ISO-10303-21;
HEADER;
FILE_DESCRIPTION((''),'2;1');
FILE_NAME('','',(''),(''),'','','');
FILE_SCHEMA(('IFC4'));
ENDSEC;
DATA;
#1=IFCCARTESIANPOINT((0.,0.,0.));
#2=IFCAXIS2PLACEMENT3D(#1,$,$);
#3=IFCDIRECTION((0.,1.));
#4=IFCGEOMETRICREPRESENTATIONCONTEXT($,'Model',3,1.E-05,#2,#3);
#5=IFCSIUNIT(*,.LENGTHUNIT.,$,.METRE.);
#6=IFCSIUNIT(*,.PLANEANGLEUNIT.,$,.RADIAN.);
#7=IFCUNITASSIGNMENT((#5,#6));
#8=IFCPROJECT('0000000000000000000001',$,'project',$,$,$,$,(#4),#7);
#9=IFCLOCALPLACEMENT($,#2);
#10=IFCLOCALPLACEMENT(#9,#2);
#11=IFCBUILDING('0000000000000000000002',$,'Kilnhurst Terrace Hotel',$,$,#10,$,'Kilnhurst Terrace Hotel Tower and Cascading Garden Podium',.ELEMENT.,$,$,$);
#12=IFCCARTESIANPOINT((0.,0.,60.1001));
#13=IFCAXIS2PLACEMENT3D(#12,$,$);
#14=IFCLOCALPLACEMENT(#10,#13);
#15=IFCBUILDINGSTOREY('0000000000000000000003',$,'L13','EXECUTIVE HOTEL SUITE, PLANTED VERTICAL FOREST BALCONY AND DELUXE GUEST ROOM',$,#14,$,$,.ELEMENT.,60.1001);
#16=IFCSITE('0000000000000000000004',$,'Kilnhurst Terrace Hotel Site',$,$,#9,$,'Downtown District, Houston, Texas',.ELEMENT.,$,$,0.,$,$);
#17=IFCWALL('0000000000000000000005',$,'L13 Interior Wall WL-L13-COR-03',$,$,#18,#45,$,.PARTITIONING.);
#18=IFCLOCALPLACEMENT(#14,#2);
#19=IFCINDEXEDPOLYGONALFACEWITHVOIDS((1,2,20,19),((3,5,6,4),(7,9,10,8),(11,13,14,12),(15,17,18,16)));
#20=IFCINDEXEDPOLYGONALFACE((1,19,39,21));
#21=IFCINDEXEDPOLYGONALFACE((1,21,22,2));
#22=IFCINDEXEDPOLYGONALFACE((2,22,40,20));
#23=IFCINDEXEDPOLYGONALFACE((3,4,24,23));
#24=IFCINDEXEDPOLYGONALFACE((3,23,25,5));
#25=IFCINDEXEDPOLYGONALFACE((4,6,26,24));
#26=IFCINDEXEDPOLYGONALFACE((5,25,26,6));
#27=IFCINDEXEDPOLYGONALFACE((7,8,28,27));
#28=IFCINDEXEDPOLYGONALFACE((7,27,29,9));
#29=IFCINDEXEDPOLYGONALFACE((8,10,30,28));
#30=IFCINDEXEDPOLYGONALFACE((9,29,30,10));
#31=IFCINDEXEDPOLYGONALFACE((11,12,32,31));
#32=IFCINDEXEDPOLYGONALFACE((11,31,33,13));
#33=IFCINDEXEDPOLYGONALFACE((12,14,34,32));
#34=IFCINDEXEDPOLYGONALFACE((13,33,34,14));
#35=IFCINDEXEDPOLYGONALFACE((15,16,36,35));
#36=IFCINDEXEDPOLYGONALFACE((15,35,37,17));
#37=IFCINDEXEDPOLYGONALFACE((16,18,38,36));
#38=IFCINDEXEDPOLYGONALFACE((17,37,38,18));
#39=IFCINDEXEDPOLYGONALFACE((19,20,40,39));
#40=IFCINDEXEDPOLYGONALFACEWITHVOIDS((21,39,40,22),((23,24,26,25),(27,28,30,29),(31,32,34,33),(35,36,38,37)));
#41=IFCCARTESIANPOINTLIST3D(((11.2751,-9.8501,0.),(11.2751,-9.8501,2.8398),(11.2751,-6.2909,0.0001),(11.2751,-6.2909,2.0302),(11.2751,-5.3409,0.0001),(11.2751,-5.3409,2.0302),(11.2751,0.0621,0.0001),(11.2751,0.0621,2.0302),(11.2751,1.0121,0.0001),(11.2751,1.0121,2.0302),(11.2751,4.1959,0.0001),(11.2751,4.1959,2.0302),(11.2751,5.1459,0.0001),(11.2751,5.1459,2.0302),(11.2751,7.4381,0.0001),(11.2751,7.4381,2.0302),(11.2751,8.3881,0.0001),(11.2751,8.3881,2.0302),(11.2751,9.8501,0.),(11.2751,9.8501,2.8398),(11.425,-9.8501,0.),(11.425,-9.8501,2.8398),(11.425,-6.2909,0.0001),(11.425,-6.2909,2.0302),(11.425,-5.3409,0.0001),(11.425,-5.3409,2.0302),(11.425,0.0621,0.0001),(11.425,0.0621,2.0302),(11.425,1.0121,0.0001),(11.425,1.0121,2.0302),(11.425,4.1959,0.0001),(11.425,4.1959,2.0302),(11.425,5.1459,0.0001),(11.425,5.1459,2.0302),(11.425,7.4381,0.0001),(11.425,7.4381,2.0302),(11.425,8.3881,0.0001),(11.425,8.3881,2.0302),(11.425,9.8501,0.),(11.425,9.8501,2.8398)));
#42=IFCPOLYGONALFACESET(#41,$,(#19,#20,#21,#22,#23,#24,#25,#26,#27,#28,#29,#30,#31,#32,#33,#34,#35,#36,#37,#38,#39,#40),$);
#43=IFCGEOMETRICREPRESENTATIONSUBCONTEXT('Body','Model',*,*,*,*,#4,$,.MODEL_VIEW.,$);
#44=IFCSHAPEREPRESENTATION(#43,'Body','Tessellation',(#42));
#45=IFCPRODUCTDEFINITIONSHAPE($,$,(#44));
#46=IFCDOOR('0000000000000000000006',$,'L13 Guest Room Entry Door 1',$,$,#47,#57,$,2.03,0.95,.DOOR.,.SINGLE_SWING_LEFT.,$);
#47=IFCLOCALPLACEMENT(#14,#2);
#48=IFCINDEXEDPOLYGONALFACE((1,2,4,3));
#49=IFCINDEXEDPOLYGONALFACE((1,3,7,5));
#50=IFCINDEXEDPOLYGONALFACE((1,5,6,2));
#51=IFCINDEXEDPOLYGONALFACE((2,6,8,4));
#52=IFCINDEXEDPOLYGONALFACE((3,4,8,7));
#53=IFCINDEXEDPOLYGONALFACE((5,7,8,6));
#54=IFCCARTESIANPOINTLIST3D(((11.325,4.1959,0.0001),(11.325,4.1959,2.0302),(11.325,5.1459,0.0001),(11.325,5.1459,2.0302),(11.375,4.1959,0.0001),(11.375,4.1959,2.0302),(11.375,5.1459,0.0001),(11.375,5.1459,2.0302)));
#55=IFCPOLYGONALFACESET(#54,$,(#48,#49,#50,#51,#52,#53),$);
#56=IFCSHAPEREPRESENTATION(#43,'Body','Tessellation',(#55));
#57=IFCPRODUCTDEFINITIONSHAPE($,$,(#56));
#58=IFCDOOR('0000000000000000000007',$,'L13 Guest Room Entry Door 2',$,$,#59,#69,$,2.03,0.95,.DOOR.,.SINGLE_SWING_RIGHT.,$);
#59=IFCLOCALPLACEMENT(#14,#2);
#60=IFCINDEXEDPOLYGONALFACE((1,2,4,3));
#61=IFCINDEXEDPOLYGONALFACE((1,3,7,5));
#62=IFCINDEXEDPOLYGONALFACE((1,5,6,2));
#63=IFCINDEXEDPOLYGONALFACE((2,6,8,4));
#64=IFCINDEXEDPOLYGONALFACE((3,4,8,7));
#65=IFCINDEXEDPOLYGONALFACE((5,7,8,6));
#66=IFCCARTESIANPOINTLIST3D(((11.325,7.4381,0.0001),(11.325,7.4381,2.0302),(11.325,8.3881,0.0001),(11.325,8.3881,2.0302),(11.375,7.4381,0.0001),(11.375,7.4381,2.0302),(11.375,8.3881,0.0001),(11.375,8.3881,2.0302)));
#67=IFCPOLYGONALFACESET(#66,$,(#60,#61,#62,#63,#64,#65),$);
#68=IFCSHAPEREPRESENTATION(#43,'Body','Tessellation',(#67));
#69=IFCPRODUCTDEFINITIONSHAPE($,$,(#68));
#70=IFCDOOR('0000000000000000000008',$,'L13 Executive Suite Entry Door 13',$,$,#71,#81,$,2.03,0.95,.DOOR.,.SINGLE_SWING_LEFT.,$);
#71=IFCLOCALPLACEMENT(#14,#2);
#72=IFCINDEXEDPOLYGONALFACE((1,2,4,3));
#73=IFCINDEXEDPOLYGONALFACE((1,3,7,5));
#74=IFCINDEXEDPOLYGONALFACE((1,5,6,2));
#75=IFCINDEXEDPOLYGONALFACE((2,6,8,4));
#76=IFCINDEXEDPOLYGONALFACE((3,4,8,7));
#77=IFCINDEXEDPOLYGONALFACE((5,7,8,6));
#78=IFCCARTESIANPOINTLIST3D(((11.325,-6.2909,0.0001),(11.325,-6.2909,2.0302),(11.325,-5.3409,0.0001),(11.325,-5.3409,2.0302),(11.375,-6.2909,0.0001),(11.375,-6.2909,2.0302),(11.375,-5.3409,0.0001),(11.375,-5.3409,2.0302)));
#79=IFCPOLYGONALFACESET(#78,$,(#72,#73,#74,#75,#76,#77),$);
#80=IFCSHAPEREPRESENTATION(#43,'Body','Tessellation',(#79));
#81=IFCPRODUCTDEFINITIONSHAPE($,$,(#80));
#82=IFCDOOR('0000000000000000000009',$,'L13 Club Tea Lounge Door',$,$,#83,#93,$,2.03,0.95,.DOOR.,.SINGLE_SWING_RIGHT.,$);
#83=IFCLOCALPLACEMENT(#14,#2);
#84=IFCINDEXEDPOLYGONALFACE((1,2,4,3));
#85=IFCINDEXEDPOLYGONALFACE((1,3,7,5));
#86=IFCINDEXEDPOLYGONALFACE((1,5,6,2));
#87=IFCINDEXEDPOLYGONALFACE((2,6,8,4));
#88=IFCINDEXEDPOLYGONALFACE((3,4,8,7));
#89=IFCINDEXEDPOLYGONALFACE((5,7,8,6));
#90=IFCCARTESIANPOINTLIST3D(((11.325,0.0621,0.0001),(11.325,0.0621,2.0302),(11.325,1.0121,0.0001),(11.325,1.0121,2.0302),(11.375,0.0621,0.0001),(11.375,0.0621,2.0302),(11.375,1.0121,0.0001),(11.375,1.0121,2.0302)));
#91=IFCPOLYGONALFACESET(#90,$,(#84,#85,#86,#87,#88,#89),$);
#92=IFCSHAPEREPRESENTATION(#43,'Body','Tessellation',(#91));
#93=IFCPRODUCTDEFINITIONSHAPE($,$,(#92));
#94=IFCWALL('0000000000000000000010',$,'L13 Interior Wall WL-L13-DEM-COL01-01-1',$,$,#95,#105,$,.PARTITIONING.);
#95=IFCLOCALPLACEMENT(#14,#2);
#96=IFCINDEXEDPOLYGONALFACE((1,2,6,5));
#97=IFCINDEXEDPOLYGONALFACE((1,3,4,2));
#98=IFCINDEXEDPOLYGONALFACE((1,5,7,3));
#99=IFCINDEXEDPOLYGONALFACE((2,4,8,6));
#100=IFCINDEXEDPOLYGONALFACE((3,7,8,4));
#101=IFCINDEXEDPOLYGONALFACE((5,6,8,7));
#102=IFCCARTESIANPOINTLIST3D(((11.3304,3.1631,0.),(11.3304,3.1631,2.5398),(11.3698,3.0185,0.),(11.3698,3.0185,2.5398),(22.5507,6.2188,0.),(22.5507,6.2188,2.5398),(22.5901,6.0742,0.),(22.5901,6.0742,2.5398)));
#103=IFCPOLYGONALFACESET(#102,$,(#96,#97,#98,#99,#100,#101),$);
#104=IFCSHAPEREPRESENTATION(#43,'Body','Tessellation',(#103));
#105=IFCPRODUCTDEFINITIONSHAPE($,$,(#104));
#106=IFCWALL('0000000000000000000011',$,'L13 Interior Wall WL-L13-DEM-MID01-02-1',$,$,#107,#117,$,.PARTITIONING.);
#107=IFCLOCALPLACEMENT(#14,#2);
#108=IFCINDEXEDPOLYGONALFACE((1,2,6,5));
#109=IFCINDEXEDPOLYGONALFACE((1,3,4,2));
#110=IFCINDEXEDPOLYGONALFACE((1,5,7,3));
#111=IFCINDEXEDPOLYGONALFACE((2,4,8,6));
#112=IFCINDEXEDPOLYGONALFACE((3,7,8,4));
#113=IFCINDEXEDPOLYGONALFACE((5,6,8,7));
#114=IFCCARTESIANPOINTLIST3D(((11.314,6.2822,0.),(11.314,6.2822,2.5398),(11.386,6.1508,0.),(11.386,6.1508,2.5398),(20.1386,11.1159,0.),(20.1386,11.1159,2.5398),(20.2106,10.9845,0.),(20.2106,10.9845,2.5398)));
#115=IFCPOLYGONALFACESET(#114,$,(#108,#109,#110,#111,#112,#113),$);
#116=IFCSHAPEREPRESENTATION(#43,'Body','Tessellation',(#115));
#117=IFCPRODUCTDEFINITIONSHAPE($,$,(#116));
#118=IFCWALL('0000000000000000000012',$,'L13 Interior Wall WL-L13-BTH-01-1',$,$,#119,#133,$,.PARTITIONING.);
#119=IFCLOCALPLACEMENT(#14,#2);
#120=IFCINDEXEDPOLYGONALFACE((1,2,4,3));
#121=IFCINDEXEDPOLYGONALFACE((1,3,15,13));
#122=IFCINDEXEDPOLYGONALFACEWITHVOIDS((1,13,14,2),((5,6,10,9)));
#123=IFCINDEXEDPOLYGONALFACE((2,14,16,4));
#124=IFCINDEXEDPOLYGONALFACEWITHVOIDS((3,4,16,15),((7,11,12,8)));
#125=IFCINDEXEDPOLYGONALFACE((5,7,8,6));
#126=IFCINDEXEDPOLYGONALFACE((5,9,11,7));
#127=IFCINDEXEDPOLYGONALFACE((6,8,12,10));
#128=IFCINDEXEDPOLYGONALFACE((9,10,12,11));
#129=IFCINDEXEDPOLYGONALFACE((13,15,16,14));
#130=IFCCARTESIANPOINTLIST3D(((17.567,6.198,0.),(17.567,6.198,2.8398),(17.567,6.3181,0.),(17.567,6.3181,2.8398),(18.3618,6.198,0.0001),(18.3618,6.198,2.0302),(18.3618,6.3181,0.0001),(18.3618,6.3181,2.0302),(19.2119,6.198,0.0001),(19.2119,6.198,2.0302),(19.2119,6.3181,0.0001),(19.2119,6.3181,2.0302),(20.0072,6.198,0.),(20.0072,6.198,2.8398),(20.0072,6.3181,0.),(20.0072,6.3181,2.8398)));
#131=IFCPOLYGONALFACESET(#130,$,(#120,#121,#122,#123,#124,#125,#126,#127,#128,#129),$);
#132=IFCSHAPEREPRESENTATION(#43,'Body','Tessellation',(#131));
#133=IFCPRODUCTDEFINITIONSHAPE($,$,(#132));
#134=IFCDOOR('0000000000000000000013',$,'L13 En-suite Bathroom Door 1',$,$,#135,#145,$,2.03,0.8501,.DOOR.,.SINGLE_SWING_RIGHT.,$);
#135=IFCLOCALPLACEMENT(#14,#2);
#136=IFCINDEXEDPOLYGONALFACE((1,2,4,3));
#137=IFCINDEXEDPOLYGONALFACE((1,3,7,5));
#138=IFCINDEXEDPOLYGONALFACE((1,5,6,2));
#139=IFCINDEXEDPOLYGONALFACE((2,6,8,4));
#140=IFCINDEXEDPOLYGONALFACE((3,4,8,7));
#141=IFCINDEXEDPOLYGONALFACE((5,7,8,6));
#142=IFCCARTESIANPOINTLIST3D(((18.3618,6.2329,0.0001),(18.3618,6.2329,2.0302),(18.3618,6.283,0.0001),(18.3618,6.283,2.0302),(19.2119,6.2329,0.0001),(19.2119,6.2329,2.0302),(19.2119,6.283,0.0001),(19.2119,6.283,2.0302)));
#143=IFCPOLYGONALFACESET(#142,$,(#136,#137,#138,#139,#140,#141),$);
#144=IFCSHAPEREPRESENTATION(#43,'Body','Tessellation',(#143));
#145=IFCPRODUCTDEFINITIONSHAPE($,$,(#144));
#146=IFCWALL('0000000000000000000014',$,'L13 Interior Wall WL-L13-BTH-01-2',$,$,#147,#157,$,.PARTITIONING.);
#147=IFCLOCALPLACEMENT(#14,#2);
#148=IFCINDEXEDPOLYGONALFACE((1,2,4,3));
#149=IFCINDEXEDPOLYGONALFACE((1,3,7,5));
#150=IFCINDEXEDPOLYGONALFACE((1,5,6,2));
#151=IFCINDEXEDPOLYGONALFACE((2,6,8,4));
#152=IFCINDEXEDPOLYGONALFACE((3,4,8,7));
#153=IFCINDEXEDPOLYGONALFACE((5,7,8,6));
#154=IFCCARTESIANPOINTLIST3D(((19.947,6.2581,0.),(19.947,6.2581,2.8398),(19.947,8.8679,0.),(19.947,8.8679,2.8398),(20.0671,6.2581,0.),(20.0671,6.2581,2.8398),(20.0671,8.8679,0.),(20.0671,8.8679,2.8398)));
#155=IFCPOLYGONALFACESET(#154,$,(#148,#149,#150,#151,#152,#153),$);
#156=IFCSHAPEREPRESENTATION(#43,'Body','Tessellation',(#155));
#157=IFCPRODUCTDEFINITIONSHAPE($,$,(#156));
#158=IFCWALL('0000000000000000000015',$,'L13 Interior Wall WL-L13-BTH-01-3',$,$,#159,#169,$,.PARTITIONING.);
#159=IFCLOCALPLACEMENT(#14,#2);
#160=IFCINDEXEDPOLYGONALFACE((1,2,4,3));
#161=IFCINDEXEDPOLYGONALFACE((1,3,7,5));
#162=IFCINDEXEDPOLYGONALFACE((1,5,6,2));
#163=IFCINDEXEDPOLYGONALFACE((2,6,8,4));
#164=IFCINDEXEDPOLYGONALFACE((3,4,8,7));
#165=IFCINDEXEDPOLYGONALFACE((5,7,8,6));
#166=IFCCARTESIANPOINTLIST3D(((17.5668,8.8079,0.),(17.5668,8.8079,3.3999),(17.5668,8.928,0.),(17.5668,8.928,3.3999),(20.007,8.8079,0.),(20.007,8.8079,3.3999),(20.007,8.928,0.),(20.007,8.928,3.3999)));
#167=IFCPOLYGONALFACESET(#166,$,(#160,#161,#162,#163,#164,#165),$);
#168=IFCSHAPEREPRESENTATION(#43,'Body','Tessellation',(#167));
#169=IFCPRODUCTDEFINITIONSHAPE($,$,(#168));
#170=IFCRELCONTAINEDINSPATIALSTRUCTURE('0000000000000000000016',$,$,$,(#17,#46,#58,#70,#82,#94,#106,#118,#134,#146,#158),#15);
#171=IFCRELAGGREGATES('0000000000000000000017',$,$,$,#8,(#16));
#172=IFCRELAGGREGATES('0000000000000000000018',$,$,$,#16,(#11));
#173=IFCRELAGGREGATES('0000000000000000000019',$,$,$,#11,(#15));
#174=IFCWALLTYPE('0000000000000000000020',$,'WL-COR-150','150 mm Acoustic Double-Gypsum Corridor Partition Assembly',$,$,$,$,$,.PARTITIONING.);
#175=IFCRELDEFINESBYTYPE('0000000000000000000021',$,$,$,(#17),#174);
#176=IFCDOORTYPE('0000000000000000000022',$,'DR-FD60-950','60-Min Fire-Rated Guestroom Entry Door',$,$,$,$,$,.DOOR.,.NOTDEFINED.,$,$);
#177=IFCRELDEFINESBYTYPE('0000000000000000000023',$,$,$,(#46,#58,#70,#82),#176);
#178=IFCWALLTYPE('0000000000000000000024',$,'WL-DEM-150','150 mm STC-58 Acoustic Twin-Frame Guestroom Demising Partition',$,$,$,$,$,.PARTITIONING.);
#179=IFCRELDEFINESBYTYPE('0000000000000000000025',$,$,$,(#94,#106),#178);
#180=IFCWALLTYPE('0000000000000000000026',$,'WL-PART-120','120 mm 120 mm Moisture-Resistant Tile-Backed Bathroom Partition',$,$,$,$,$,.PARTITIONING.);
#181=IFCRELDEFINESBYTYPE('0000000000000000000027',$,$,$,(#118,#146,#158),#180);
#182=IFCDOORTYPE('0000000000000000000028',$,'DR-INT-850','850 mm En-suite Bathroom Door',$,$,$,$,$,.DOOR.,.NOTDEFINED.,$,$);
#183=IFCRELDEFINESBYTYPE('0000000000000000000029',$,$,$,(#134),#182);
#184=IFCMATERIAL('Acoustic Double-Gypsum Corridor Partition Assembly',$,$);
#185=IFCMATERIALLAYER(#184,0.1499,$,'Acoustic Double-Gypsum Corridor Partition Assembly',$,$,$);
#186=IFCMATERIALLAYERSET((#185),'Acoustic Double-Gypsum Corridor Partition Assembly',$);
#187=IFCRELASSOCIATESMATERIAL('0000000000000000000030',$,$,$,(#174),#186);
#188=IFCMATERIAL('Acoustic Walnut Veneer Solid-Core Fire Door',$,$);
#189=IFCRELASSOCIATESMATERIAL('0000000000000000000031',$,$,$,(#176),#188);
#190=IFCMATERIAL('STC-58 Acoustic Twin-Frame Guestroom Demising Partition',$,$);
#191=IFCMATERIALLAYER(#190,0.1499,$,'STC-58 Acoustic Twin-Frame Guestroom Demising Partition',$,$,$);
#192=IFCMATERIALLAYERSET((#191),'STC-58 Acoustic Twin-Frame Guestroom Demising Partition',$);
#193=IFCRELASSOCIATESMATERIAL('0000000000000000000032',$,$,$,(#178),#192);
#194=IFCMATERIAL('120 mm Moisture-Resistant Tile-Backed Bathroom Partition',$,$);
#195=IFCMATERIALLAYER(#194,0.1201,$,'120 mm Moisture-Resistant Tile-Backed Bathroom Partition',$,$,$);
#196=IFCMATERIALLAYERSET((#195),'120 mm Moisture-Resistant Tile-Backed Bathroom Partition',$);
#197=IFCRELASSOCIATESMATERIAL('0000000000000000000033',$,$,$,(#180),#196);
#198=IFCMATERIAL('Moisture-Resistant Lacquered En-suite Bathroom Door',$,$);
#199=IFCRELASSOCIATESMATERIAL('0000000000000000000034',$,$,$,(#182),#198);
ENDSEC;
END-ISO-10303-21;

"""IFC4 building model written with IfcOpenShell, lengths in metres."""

from ifc_helpers import new_model, si_unit, direction, frame, frame_2d, origin, place, context, subcontext, project, spatial, rectangle, extrude, material, layer, layer_set, type_object, element, fill, save


model = new_model("IFC4")

# Units and contexts
model_context = context("Model", 3, precision=1e-05, world=origin(), true_north=direction((0.0, 1.0)))
body_context = subcontext(model_context, "Body", "Model", "MODEL_VIEW")
ifc_project = project(units=[si_unit("LENGTHUNIT", "METRE"), si_unit("PLANEANGLEUNIT", "RADIAN")], contexts=[model_context])

# Site, building, storey
site_placement = place(None, origin())
site = spatial("IfcSite", under=ifc_project, at=site_placement, Name="Kilnhurst Terrace Hotel Site", LongName="Downtown District, Houston, Texas", CompositionType="ELEMENT", RefElevation=0.0)
building_placement = place(site_placement, origin())
building = spatial("IfcBuilding", under=site, at=building_placement, Name="Kilnhurst Terrace Hotel", LongName="Kilnhurst Terrace Hotel Tower and Cascading Garden Podium", CompositionType="ELEMENT")
storey_placement = place(building_placement, frame((0.0, 0.0, 60.1001)))
storey = spatial("IfcBuildingStorey", under=building, at=storey_placement, Name="L13", Description="EXECUTIVE HOTEL SUITE, PLANTED VERTICAL FOREST BALCONY AND DELUXE GUEST ROOM", CompositionType="ELEMENT", Elevation=60.1001)

# Wall, openings, doors
ifc_material_1 = material(Name="Acoustic Double-Gypsum Corridor Partition Assembly")
ifc_layer_1 = layer(ifc_material_1, 0.1499, Name="Acoustic Double-Gypsum Corridor Partition Assembly")
ifc_layer_set_1 = layer_set([ifc_layer_1], Name="Acoustic Double-Gypsum Corridor Partition Assembly")
wall_type_1 = type_object("IfcWallType", Name="WL-COR-150", Description="150 mm Acoustic Double-Gypsum Corridor Partition Assembly", PredefinedType="PARTITIONING", material=ifc_layer_set_1)
wall_1_placement = place(storey_placement, frame((11.3501, 9.8501, 0.0), z_axis=(0.0, 0.0, 1.0), x_axis=(0.0, -1.0, 0.0)))
wall_1 = element("IfcWall", 1, at=wall_1_placement, inside=storey, type_object=wall_type_1, Name="L13 Interior Wall WL-L13-COR-03", PredefinedType="PARTITIONING", context=body_context, shape_type="SweptSolid", body=[
    extrude(rectangle(XDim=19.7002, YDim=0.1499, at=frame_2d((9.8501, 0.0))), origin(), (0.0, 0.0, 1.0), 2.8398),
])
opening_1_placement = place(wall_1_placement, frame((4.7041, 0.0, 0.0)))
opening_1 = element("IfcOpeningElement", 2, at=opening_1_placement, cuts=wall_1, PredefinedType="OPENING", context=body_context, shape_type="SweptSolid", body=[
    extrude(rectangle(XDim=0.95, YDim=2.03, at=frame_2d((0.4751, 1.0151))), frame((0.0, 0.085, 0.0), z_axis=(0.0, -1.0, 0.0), x_axis=(1.0, 0.0, 0.0)), (0.0, 0.0, 1.0), 0.1699),
])
opening_2_placement = place(wall_1_placement, frame((1.4619, 0.0, 0.0)))
opening_2 = element("IfcOpeningElement", 3, at=opening_2_placement, cuts=wall_1, PredefinedType="OPENING", context=body_context, shape_type="SweptSolid", body=[
    extrude(rectangle(XDim=0.95, YDim=2.03, at=frame_2d((0.4751, 1.0151))), frame((0.0, 0.085, 0.0), z_axis=(0.0, -1.0, 0.0), x_axis=(1.0, 0.0, 0.0)), (0.0, 0.0, 1.0), 0.1699),
])
opening_3_placement = place(wall_1_placement, frame((15.1909, 0.0, 0.0)))
opening_3 = element("IfcOpeningElement", 4, at=opening_3_placement, cuts=wall_1, PredefinedType="OPENING", context=body_context, shape_type="SweptSolid", body=[
    extrude(rectangle(XDim=0.95, YDim=2.03, at=frame_2d((0.4751, 1.0151))), frame((0.0, 0.085, 0.0), z_axis=(0.0, -1.0, 0.0), x_axis=(1.0, 0.0, 0.0)), (0.0, 0.0, 1.0), 0.1699),
])
opening_4_placement = place(wall_1_placement, frame((8.8379, 0.0, 0.0)))
opening_4 = element("IfcOpeningElement", 5, at=opening_4_placement, cuts=wall_1, PredefinedType="OPENING", context=body_context, shape_type="SweptSolid", body=[
    extrude(rectangle(XDim=0.95, YDim=2.03, at=frame_2d((0.4751, 1.0151))), frame((0.0, 0.085, 0.0), z_axis=(0.0, -1.0, 0.0), x_axis=(1.0, 0.0, 0.0)), (0.0, 0.0, 1.0), 0.1699),
])
ifc_material_2 = material(Name="Acoustic Walnut Veneer Solid-Core Fire Door")
door_type_1 = type_object("IfcDoorType", Name="DR-FD60-950", Description="60-Min Fire-Rated Guestroom Entry Door", OperationType="NOTDEFINED", PredefinedType="DOOR", material=ifc_material_2)
door_1_placement = place(opening_1_placement, origin())
door_1 = element("IfcDoor", 6, at=door_1_placement, inside=storey, type_object=door_type_1, Name="L13 Guest Room Entry Door 1", OperationType="SINGLE_SWING_LEFT", OverallHeight=2.03, OverallWidth=0.95, PredefinedType="DOOR", context=body_context, shape_type="SweptSolid", body=[
    extrude(rectangle(XDim=0.95, YDim=2.03, at=frame_2d((0.4751, 1.0151))), frame((0.0, 0.0249, 0.0), z_axis=(0.0, -1.0, 0.0), x_axis=(1.0, 0.0, 0.0)), (0.0, 0.0, 1.0), 0.05),
])
fill(opening_1, door_1)
door_2_placement = place(opening_2_placement, origin())
door_2 = element("IfcDoor", 7, at=door_2_placement, inside=storey, type_object=door_type_1, Name="L13 Guest Room Entry Door 2", OperationType="SINGLE_SWING_RIGHT", OverallHeight=2.03, OverallWidth=0.95, PredefinedType="DOOR", context=body_context, shape_type="SweptSolid", body=[
    extrude(rectangle(XDim=0.95, YDim=2.03, at=frame_2d((0.4751, 1.0151))), frame((0.0, 0.0249, 0.0), z_axis=(0.0, -1.0, 0.0), x_axis=(1.0, 0.0, 0.0)), (0.0, 0.0, 1.0), 0.05),
])
fill(opening_2, door_2)
door_3_placement = place(opening_3_placement, origin())
door_3 = element("IfcDoor", 8, at=door_3_placement, inside=storey, type_object=door_type_1, Name="L13 Executive Suite Entry Door 13", OperationType="SINGLE_SWING_LEFT", OverallHeight=2.03, OverallWidth=0.95, PredefinedType="DOOR", context=body_context, shape_type="SweptSolid", body=[
    extrude(rectangle(XDim=0.95, YDim=2.03, at=frame_2d((0.4751, 1.0151))), frame((0.0, 0.0249, 0.0), z_axis=(0.0, -1.0, 0.0), x_axis=(1.0, 0.0, 0.0)), (0.0, 0.0, 1.0), 0.05),
])
fill(opening_3, door_3)
door_4_placement = place(opening_4_placement, origin())
door_4 = element("IfcDoor", 9, at=door_4_placement, inside=storey, type_object=door_type_1, Name="L13 Club Tea Lounge Door", OperationType="SINGLE_SWING_RIGHT", OverallHeight=2.03, OverallWidth=0.95, PredefinedType="DOOR", context=body_context, shape_type="SweptSolid", body=[
    extrude(rectangle(XDim=0.95, YDim=2.03, at=frame_2d((0.4751, 1.0151))), frame((0.0, 0.0249, 0.0), z_axis=(0.0, -1.0, 0.0), x_axis=(1.0, 0.0, 0.0)), (0.0, 0.0, 1.0), 0.05),
])
fill(opening_4, door_4)

# Walls
ifc_material_3 = material(Name="STC-58 Acoustic Twin-Frame Guestroom Demising Partition")
ifc_layer_2 = layer(ifc_material_3, 0.1499, Name="STC-58 Acoustic Twin-Frame Guestroom Demising Partition")
ifc_layer_set_2 = layer_set([ifc_layer_2], Name="STC-58 Acoustic Twin-Frame Guestroom Demising Partition")
wall_type_2 = type_object("IfcWallType", Name="WL-DEM-150", Description="150 mm STC-58 Acoustic Twin-Frame Guestroom Demising Partition", PredefinedType="PARTITIONING", material=ifc_layer_set_2)
wall_2_placement = place(storey_placement, frame((11.3501, 3.0908, 0.0), z_axis=(0.0, 0.0, 1.0), x_axis=(0.96486, 0.262766, 0.0)))
element("IfcWall", 10, at=wall_2_placement, inside=storey, type_object=wall_type_2, Name="L13 Interior Wall WL-L13-DEM-COL01-01-1", PredefinedType="PARTITIONING", context=body_context, shape_type="SweptSolid", body=[
    extrude(rectangle(XDim=11.6289, YDim=0.1499, at=frame_2d((5.8145, 0.0))), origin(), (0.0, 0.0, 1.0), 2.5398),
])
wall_3_placement = place(storey_placement, frame((11.3501, 6.2166, 0.0), z_axis=(0.0, 0.0, 1.0), x_axis=(0.877048, 0.480404, 0.0)))
element("IfcWall", 11, at=wall_3_placement, inside=storey, type_object=wall_type_2, Name="L13 Interior Wall WL-L13-DEM-MID01-02-1", PredefinedType="PARTITIONING", context=body_context, shape_type="SweptSolid", body=[
    extrude(rectangle(XDim=10.0618, YDim=0.1499, at=frame_2d((5.0308, 0.0))), origin(), (0.0, 0.0, 1.0), 2.5398),
])

# Wall, opening, door
ifc_material_4 = material(Name="120 mm Moisture-Resistant Tile-Backed Bathroom Partition")
ifc_layer_3 = layer(ifc_material_4, 0.1201, Name="120 mm Moisture-Resistant Tile-Backed Bathroom Partition")
ifc_layer_set_3 = layer_set([ifc_layer_3], Name="120 mm Moisture-Resistant Tile-Backed Bathroom Partition")
wall_type_3 = type_object("IfcWallType", Name="WL-PART-120", Description="120 mm 120 mm Moisture-Resistant Tile-Backed Bathroom Partition", PredefinedType="PARTITIONING", material=ifc_layer_set_3)
wall_4_placement = place(storey_placement, frame((17.5669, 6.2581, 0.0), z_axis=(0.0, 0.0, 1.0), x_axis=(1.0, 0.0, 0.0)))
wall_4 = element("IfcWall", 12, at=wall_4_placement, inside=storey, type_object=wall_type_3, Name="L13 Interior Wall WL-L13-BTH-01-1", PredefinedType="PARTITIONING", context=body_context, shape_type="SweptSolid", body=[
    extrude(rectangle(XDim=2.4402, YDim=0.1201, at=frame_2d((1.2202, 0.0))), origin(), (0.0, 0.0, 1.0), 2.8398),
])
opening_5_placement = place(wall_4_placement, frame((0.7949, 0.0, 0.0)))
opening_5 = element("IfcOpeningElement", 13, at=opening_5_placement, cuts=wall_4, PredefinedType="OPENING", context=body_context, shape_type="SweptSolid", body=[
    extrude(rectangle(XDim=0.8501, YDim=2.03, at=frame_2d((0.425, 1.0151))), frame((0.0, 0.0701, 0.0), z_axis=(0.0, -1.0, 0.0), x_axis=(1.0, 0.0, 0.0)), (0.0, 0.0, 1.0), 0.1401),
])
ifc_material_5 = material(Name="Moisture-Resistant Lacquered En-suite Bathroom Door")
door_type_2 = type_object("IfcDoorType", Name="DR-INT-850", Description="850 mm En-suite Bathroom Door", OperationType="NOTDEFINED", PredefinedType="DOOR", material=ifc_material_5)
door_5_placement = place(opening_5_placement, origin())
door_5 = element("IfcDoor", 14, at=door_5_placement, inside=storey, type_object=door_type_2, Name="L13 En-suite Bathroom Door 1", OperationType="SINGLE_SWING_RIGHT", OverallHeight=2.03, OverallWidth=0.8501, PredefinedType="DOOR", context=body_context, shape_type="SweptSolid", body=[
    extrude(rectangle(XDim=0.8501, YDim=2.03, at=frame_2d((0.425, 1.0151))), frame((0.0, 0.0249, 0.0), z_axis=(0.0, -1.0, 0.0), x_axis=(1.0, 0.0, 0.0)), (0.0, 0.0, 1.0), 0.05),
])
fill(opening_5, door_5)

# Walls
wall_5_placement = place(storey_placement, frame((20.0071, 6.2581, 0.0), z_axis=(0.0, 0.0, 1.0), x_axis=(0.0, 1.0, 0.0)))
element("IfcWall", 15, at=wall_5_placement, inside=storey, type_object=wall_type_3, Name="L13 Interior Wall WL-L13-BTH-01-2", PredefinedType="PARTITIONING", context=body_context, shape_type="SweptSolid", body=[
    extrude(rectangle(XDim=2.6099, YDim=0.1201, at=frame_2d((1.3049, 0.0))), origin(), (0.0, 0.0, 1.0), 2.8398),
])
wall_6_placement = place(storey_placement, frame((20.0071, 8.8679, 0.0), z_axis=(0.0, 0.0, 1.0), x_axis=(-1.0, 0.0, 0.0)))
element("IfcWall", 16, at=wall_6_placement, inside=storey, type_object=wall_type_3, Name="L13 Interior Wall WL-L13-BTH-01-3", PredefinedType="PARTITIONING", context=body_context, shape_type="SweptSolid", body=[
    extrude(rectangle(XDim=2.4402, YDim=0.1201, at=frame_2d((1.2202, 0.0))), origin(), (0.0, 0.0, 1.0), 3.3999),
])

save(model, "model.ifc")
